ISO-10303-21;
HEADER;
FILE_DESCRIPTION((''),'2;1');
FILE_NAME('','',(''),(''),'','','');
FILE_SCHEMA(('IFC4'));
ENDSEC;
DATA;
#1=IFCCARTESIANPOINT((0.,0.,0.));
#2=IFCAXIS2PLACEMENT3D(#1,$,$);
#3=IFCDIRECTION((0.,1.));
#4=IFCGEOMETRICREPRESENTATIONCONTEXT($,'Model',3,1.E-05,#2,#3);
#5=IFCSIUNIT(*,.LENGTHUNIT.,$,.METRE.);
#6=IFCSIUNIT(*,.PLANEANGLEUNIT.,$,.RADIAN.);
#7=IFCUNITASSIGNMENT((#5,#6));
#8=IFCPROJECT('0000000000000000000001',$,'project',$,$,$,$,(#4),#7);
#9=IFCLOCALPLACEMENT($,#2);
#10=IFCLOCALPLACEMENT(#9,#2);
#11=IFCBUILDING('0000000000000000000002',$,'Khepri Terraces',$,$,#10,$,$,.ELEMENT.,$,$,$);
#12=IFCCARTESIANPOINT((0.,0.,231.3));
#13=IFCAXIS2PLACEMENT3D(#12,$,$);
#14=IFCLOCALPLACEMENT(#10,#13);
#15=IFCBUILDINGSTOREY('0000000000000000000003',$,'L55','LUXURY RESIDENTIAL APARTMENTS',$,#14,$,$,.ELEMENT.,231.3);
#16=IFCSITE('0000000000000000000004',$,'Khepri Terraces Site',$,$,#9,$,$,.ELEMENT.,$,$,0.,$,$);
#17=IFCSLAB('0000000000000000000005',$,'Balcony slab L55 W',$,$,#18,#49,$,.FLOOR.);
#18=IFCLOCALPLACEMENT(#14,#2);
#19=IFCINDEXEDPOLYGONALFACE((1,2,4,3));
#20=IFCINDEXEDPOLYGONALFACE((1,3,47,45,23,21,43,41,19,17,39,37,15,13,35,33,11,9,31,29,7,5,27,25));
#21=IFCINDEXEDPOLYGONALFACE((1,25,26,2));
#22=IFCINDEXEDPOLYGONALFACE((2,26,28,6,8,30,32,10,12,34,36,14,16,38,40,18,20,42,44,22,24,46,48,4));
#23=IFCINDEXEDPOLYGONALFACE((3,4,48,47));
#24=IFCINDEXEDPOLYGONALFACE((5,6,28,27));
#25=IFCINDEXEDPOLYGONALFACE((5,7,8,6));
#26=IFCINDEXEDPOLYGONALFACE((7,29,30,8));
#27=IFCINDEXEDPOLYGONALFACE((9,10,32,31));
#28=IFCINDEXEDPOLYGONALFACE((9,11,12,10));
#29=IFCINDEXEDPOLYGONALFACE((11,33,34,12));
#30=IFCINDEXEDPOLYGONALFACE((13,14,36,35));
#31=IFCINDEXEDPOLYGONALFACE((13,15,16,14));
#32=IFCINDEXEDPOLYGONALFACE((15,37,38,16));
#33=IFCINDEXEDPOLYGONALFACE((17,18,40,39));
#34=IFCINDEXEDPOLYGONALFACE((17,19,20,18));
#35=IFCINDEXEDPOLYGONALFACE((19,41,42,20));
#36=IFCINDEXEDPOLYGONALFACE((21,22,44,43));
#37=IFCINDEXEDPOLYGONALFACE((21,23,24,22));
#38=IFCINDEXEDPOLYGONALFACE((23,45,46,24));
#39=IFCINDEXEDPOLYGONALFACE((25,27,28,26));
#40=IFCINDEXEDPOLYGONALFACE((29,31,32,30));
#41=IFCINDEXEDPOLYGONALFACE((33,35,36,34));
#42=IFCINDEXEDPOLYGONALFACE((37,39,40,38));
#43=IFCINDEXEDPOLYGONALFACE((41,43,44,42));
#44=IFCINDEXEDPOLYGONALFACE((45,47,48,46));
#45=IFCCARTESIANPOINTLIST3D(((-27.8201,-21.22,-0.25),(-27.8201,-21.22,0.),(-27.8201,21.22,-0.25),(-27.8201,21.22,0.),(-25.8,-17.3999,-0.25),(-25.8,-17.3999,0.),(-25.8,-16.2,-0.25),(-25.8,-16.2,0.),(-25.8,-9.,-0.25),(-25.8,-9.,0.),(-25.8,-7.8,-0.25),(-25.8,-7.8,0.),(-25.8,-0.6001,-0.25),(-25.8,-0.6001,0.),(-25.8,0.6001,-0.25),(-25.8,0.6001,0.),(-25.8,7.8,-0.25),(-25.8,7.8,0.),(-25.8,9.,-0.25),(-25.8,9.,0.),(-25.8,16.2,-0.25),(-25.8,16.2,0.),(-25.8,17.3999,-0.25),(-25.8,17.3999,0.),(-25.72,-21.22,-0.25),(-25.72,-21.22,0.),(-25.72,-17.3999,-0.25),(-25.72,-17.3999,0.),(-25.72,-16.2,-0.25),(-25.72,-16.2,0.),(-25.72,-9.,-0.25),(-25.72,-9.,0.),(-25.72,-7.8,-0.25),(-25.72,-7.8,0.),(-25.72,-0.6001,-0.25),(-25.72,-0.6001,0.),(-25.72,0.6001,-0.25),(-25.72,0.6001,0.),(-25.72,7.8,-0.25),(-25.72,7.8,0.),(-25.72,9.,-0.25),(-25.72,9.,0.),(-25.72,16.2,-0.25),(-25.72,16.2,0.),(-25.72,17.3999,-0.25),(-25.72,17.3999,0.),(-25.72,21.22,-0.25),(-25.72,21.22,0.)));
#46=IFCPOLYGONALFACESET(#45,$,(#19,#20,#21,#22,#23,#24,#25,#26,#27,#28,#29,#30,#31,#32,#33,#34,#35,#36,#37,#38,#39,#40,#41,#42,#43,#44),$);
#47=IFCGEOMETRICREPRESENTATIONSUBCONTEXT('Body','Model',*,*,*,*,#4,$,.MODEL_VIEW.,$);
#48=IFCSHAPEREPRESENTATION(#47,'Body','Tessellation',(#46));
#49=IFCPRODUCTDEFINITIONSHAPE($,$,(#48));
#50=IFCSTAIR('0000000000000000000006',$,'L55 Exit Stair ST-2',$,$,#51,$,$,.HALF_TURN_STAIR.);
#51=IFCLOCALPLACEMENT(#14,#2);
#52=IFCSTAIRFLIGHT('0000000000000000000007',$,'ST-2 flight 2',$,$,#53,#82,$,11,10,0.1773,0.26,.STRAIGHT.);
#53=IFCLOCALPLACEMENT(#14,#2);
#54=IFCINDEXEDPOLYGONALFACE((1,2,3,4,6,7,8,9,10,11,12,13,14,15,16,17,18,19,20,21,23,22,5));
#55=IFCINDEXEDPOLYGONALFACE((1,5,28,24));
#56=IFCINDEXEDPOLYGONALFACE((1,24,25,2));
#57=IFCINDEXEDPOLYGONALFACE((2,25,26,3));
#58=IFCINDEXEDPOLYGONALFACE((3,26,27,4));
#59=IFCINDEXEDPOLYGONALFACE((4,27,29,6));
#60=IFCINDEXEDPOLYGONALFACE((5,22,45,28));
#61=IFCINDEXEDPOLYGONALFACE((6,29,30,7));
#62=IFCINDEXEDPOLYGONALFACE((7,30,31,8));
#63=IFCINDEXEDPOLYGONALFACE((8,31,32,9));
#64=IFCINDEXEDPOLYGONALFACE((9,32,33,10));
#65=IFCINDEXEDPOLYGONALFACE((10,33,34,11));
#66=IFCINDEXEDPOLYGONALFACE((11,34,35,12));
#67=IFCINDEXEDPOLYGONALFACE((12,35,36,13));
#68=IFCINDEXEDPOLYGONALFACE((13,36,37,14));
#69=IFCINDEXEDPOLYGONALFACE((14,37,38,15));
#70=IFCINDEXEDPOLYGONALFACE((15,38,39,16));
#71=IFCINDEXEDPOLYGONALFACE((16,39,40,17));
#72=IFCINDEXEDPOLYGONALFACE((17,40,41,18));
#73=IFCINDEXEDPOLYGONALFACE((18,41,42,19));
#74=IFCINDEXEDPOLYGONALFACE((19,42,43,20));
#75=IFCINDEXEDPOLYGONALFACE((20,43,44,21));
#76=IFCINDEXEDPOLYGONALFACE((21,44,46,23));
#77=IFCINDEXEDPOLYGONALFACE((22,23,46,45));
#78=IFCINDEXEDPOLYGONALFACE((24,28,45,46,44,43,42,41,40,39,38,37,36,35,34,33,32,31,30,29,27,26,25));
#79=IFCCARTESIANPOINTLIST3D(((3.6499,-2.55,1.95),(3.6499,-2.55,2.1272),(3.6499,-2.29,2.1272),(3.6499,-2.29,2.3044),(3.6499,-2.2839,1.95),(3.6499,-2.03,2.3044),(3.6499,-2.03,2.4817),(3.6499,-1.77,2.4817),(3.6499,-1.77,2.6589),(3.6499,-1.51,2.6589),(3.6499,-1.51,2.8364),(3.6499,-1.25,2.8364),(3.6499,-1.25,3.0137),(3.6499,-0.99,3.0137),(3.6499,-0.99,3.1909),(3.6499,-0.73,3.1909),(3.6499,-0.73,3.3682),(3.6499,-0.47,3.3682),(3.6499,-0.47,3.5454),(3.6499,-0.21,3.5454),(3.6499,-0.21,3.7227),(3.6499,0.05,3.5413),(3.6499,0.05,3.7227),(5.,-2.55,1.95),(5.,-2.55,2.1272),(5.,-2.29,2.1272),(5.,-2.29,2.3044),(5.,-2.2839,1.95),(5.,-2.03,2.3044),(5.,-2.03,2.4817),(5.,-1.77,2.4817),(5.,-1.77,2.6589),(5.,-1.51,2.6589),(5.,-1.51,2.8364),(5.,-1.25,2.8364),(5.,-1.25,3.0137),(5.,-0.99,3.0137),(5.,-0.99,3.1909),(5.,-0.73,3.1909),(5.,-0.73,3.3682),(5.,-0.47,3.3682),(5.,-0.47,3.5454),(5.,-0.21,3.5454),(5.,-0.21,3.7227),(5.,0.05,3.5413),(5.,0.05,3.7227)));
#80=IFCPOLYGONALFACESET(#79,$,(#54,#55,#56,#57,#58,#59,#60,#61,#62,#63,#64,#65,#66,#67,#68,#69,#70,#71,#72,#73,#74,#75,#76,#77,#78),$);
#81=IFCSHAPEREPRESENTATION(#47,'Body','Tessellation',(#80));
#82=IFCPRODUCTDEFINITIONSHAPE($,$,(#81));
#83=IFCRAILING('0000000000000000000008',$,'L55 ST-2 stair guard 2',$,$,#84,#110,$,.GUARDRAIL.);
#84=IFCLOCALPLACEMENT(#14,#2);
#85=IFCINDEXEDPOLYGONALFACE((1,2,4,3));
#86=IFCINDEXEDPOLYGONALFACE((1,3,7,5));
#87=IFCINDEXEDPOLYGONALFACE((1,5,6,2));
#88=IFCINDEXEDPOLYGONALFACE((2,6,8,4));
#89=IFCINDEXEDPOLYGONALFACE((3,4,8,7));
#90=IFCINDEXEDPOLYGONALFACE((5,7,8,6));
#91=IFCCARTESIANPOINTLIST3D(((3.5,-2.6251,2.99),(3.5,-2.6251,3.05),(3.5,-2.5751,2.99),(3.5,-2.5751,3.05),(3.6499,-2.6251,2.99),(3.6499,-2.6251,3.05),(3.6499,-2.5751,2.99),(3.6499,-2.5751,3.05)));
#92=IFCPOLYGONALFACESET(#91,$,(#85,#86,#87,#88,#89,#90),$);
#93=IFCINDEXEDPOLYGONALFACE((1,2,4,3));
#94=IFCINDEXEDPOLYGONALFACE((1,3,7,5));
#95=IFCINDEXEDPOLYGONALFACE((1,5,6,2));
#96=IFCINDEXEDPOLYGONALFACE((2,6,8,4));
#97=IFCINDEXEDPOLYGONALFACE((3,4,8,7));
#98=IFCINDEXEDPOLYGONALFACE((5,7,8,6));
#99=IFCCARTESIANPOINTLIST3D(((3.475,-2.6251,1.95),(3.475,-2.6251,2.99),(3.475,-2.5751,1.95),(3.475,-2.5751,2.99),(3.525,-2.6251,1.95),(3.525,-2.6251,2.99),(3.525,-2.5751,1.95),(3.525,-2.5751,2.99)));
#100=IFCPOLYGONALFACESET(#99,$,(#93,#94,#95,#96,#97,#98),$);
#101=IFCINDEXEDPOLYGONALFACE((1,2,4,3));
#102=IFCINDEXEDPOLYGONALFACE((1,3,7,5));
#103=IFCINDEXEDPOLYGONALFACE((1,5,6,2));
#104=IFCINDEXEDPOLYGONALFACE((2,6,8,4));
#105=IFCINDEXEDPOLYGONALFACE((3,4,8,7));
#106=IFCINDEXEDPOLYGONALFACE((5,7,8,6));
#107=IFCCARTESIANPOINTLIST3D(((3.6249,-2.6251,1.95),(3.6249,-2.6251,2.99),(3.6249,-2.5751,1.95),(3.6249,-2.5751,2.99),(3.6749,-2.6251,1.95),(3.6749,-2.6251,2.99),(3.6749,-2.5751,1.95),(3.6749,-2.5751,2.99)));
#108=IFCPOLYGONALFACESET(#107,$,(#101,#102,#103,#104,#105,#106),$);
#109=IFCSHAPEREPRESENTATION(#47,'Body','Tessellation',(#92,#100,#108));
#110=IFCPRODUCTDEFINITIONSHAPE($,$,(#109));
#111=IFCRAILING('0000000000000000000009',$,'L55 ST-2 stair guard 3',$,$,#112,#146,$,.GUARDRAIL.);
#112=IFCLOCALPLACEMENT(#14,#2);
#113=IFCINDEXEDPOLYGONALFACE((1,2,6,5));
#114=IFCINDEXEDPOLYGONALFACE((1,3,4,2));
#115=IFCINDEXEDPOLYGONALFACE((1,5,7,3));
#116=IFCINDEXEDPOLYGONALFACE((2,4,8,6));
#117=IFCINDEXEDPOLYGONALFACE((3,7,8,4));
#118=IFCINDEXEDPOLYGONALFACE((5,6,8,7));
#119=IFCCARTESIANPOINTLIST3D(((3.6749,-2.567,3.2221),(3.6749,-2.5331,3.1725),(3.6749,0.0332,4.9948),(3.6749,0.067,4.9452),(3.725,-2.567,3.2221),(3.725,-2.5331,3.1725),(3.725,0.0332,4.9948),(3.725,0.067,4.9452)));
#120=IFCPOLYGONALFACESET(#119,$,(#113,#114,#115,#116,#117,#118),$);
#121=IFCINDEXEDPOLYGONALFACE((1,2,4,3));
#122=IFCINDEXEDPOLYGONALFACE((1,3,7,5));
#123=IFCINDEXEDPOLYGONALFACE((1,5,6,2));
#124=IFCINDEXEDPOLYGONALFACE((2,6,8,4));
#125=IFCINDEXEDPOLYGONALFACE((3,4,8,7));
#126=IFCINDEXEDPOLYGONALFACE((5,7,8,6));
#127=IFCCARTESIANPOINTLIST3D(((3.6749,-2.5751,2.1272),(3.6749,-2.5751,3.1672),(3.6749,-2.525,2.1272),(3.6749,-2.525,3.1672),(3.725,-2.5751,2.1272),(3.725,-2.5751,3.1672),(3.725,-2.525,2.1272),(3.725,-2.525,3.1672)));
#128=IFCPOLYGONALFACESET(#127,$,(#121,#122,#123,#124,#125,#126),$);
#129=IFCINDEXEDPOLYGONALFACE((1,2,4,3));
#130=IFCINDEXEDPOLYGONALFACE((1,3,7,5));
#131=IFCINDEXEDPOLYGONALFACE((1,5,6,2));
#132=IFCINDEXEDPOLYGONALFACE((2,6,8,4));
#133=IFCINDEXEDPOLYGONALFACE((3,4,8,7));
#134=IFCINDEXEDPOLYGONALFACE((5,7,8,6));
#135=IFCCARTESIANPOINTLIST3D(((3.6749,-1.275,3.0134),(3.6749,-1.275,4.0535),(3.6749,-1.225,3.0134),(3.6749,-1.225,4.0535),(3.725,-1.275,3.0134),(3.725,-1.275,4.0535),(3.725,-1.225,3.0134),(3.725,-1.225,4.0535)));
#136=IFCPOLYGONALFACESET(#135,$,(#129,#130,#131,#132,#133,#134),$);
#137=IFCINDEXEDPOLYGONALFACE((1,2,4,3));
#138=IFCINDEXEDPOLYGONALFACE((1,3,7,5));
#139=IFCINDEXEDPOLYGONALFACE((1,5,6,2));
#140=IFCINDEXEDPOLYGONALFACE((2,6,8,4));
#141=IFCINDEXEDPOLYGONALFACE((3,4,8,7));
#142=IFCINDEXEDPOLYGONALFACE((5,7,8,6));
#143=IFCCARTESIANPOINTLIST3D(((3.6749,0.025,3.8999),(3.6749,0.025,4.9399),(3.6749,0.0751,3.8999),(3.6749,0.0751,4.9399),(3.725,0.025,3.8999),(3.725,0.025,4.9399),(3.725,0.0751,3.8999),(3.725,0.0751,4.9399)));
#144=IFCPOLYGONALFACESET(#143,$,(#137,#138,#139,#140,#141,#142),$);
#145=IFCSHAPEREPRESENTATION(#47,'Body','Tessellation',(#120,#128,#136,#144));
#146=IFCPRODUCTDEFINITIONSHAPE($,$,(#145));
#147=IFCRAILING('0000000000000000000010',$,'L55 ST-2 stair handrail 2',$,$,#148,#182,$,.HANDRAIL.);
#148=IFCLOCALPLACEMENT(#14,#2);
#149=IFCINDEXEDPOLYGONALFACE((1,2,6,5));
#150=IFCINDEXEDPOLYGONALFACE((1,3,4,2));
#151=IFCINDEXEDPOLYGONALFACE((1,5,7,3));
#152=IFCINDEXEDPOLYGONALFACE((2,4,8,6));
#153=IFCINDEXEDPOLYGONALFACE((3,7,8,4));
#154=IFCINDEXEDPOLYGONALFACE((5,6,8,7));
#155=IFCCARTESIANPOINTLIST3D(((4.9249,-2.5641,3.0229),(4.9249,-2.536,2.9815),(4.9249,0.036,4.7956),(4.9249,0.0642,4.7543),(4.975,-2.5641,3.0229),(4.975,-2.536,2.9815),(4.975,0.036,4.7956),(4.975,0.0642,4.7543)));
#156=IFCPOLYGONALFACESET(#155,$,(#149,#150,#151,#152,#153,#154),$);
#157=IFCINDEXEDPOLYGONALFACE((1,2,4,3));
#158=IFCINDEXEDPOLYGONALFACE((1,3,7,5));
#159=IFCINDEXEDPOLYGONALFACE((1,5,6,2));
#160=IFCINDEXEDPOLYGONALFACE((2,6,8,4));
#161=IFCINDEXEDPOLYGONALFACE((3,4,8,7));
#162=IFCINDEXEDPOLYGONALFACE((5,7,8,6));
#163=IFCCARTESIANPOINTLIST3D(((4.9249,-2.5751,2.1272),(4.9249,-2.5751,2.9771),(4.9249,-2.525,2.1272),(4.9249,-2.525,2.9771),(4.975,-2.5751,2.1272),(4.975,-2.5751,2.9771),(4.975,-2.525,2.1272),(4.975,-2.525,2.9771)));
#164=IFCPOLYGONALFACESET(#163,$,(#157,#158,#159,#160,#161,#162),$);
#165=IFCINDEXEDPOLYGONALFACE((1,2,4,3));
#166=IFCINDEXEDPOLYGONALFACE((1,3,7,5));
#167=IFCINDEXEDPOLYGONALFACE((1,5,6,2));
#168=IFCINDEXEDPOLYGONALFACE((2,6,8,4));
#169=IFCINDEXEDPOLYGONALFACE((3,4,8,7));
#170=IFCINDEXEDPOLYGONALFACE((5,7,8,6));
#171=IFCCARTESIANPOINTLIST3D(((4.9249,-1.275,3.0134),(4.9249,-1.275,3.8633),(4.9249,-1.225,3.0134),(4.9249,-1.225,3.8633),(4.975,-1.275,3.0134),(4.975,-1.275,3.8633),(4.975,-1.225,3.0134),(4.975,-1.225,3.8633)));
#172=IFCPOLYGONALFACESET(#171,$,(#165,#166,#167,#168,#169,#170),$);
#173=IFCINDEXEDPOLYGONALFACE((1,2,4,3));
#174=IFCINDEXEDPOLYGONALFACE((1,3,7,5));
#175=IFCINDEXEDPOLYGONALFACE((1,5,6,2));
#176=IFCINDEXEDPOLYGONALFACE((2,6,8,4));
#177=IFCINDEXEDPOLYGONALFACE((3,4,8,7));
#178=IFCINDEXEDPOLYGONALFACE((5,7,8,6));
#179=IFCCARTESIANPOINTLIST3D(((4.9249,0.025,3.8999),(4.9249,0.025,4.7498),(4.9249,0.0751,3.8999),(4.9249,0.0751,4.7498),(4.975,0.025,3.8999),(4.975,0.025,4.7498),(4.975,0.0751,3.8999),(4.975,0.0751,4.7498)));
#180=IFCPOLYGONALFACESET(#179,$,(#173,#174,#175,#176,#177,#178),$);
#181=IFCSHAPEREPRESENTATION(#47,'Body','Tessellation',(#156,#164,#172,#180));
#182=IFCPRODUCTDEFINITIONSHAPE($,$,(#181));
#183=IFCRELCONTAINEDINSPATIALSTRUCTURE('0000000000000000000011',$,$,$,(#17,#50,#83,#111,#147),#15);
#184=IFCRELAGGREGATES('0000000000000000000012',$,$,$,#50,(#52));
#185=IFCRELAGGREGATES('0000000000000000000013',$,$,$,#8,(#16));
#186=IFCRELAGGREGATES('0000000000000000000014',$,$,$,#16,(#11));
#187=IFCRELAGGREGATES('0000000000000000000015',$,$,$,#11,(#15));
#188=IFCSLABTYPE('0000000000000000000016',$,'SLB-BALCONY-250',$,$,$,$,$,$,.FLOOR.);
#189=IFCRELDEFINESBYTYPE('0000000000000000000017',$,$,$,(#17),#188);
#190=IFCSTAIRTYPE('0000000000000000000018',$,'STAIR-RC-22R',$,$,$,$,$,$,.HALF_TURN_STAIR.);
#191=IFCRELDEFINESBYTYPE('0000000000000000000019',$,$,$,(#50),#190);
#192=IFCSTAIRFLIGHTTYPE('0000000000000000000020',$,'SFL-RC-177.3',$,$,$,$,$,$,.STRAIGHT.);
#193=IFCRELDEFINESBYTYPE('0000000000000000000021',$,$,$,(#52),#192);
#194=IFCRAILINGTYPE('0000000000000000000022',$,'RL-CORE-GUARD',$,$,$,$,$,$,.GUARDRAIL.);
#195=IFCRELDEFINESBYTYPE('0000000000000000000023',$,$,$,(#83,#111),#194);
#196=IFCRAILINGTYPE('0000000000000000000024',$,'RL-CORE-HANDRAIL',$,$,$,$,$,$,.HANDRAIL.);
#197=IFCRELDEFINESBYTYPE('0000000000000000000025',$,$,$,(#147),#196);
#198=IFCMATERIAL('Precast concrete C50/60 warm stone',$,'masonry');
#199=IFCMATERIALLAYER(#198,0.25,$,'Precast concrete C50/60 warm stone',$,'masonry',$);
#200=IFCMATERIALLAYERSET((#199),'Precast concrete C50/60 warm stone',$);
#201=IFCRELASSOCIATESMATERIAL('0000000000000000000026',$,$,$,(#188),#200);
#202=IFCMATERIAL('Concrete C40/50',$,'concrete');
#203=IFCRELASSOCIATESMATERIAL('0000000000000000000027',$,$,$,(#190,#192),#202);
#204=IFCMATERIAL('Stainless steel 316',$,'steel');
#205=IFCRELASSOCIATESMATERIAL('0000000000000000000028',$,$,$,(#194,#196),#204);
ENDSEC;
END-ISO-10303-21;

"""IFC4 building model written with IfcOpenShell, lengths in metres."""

from ifc_helpers import new_model, si_unit, direction, frame, origin, origin_2d, place, context, subcontext, project, spatial, polyline, rectangle, outline, extrude, material, layer, layer_set, type_object, element, aggregate, save


model = new_model("IFC4")

# Units and contexts
model_context = context("Model", 3, precision=1e-05, world=origin(), true_north=direction((0.0, 1.0)))
body_context = subcontext(model_context, "Body", "Model", "MODEL_VIEW")
ifc_project = project(units=[si_unit("LENGTHUNIT", "METRE"), si_unit("PLANEANGLEUNIT", "RADIAN")], contexts=[model_context])

# Site, building, storey
site_placement = place(None, origin())
site = spatial("IfcSite", under=ifc_project, at=site_placement, Name="Khepri Terraces Site", CompositionType="ELEMENT", RefElevation=0.0)
building_placement = place(site_placement, origin())
building = spatial("IfcBuilding", under=site, at=building_placement, Name="Khepri Terraces", CompositionType="ELEMENT")
storey_placement = place(building_placement, frame((0.0, 0.0, 231.3)))
storey = spatial("IfcBuildingStorey", under=building, at=storey_placement, Name="L55", Description="LUXURY RESIDENTIAL APARTMENTS", CompositionType="ELEMENT", Elevation=231.3)

# Slab
ifc_material_1 = material(Name="Concrete C40/50", Category="concrete")
ifc_material_2 = material(Name="Precast concrete C50/60 warm stone", Category="masonry")
ifc_layer_1 = layer(ifc_material_2, 0.25, Name="Precast concrete C50/60 warm stone", Category="masonry")
ifc_layer_set_1 = layer_set([ifc_layer_1], Name="Precast concrete C50/60 warm stone")
slab_type_1 = type_object("IfcSlabType", Name="SLB-BALCONY-250", PredefinedType="FLOOR", material=ifc_layer_set_1)
slab_1_placement = place(storey_placement, frame((0.0, 0.0, -0.25)))
element("IfcSlab", 1, at=slab_1_placement, inside=storey, type_object=slab_type_1, Name="Balcony slab L55 W", PredefinedType="FLOOR", context=body_context, shape_type="SweptSolid", body=[
    extrude(outline(polyline([(-25.72, 17.3999), (-25.72, 21.22), (-27.8201, 21.22), (-27.8201, -21.22), (-25.72, -21.22), (-25.72, -17.3999), (-25.8, -17.3999), (-25.8, -16.2), (-25.72, -16.2), (-25.72, -9.0), (-25.8, -9.0), (-25.8, -7.8), (-25.72, -7.8), (-25.72, -0.6001), (-25.8, -0.6001), (-25.8, 0.6001), (-25.72, 0.6001), (-25.72, 7.8), (-25.8, 7.8), (-25.8, 9.0), (-25.72, 9.0), (-25.72, 16.2), (-25.8, 16.2), (-25.8, 17.3999), (-25.72, 17.3999)])), origin(), (0.0, 0.0, 1.0), 0.25),
])

# Stair, stair flight
stair_type = type_object("IfcStairType", Name="STAIR-RC-22R", PredefinedType="HALF_TURN_STAIR", material=ifc_material_1)
stair_placement = place(storey_placement, origin())
stair = element("IfcStair", 2, at=stair_placement, inside=storey, type_object=stair_type, Name="L55 Exit Stair ST-2", PredefinedType="HALF_TURN_STAIR")
stair_flight_type = type_object("IfcStairFlightType", Name="SFL-RC-177.3", PredefinedType="STRAIGHT", material=ifc_material_1)
stair_flight_placement = place(storey_placement, frame((4.325, -2.55, 1.95), z_axis=(0.0, 0.0, 1.0), x_axis=(0.0, 1.0, 0.0)))
stair_flight = element("IfcStairFlight", 3, at=stair_flight_placement, type_object=stair_flight_type, Name="ST-2 flight 2", NumberOfRisers=11, NumberOfTreads=10, PredefinedType="STRAIGHT", RiserHeight=0.1773, TreadLength=0.26, context=body_context, shape_type="SweptSolid", body=[
    extrude(outline(polyline([(0.0, 0.0), (0.0, 0.1772), (0.26, 0.1772), (0.26, 0.3545), (0.52, 0.3545), (0.52, 0.5317), (0.78, 0.5317), (0.78, 0.709), (1.04, 0.709), (1.04, 0.8865), (1.3, 0.8865), (1.3, 1.0637), (1.5601, 1.0637), (1.5601, 1.241), (1.8201, 1.241), (1.8201, 1.4182), (2.0801, 1.4182), (2.0801, 1.5955), (2.3401, 1.5955), (2.3401, 1.7727), (2.6001, 1.7727), (2.6001, 1.95), (2.6001, 1.5913), (0.2661, 0.0), (0.0, 0.0)])), frame((0.0, 0.675, 0.0), z_axis=(0.0, -1.0, 0.0), x_axis=(1.0, 0.0, 0.0)), (0.0, 0.0, 1.0), 1.3501),
])
aggregate(stair, [stair_flight])

# Railings
ifc_material_3 = material(Name="Stainless steel 316", Category="steel")
railing_type_1 = type_object("IfcRailingType", Name="RL-CORE-GUARD", PredefinedType="GUARDRAIL", material=ifc_material_3)
railing_1_placement = place(storey_placement, frame((3.5, -2.6001, 1.95)))
element("IfcRailing", 4, at=railing_1_placement, inside=storey, type_object=railing_type_1, Name="L55 ST-2 stair guard 2", PredefinedType="GUARDRAIL", context=body_context, shape_type="SweptSolid", body=[
    extrude(rectangle(XDim=0.05, YDim=0.0601, at=origin_2d()), frame((0.0, 0.0, 1.0701), z_axis=(1.0, 0.0, 0.0), x_axis=(0.0, 1.0, 0.0)), (0.0, 0.0, 1.0), 0.1499),
    extrude(rectangle(XDim=0.05, YDim=0.05, at=origin_2d()), origin(), (0.0, 0.0, 1.0), 1.04),
    extrude(rectangle(XDim=0.05, YDim=0.05, at=origin_2d()), frame((0.1499, 0.0, 0.0)), (0.0, 0.0, 1.0), 1.04),
])
railing_2_placement = place(storey_placement, frame((3.7, -2.55, 2.1272)))
element("IfcRailing", 5, at=railing_2_placement, inside=storey, type_object=railing_type_1, Name="L55 ST-2 stair guard 3", PredefinedType="GUARDRAIL", context=body_context, shape_type="SweptSolid", body=[
    extrude(rectangle(XDim=0.05, YDim=0.0601, at=origin_2d()), frame((0.0, 0.0, 1.0701), z_axis=(0.0, 0.82624, 0.563318), x_axis=(-1.0, 0.0, 0.0)), (0.0, 0.0, 1.0), 3.147),
    extrude(rectangle(XDim=0.05, YDim=0.05, at=origin_2d()), origin(), (0.0, 0.0, 1.0), 1.04),
    extrude(rectangle(XDim=0.05, YDim=0.05, at=origin_2d()), frame((0.0, 1.3, 0.8862)), (0.0, 0.0, 1.0), 1.04),
    extrude(rectangle(XDim=0.05, YDim=0.05, at=origin_2d()), frame((0.0, 2.6001, 1.7727)), (0.0, 0.0, 1.0), 1.04),
])
railing_type_2 = type_object("IfcRailingType", Name="RL-CORE-HANDRAIL", PredefinedType="HANDRAIL", material=ifc_material_3)
railing_3_placement = place(storey_placement, frame((4.95, -2.55, 2.1272)))
element("IfcRailing", 6, at=railing_3_placement, inside=storey, type_object=railing_type_2, Name="L55 ST-2 stair handrail 2", PredefinedType="HANDRAIL", context=body_context, shape_type="SweptSolid", body=[
    extrude(rectangle(XDim=0.05, YDim=0.05, at=origin_2d()), frame((0.0, 0.0, 0.875), z_axis=(0.0, 0.82624, 0.563318), x_axis=(-1.0, 0.0, 0.0)), (0.0, 0.0, 1.0), 3.147),
    extrude(rectangle(XDim=0.05, YDim=0.05, at=origin_2d()), origin(), (0.0, 0.0, 1.0), 0.8499),
    extrude(rectangle(XDim=0.05, YDim=0.05, at=origin_2d()), frame((0.0, 1.3, 0.8862)), (0.0, 0.0, 1.0), 0.8499),
    extrude(rectangle(XDim=0.05, YDim=0.05, at=origin_2d()), frame((0.0, 2.6001, 1.7727)), (0.0, 0.0, 1.0), 0.8499),
])

save(model, "model.ifc")
